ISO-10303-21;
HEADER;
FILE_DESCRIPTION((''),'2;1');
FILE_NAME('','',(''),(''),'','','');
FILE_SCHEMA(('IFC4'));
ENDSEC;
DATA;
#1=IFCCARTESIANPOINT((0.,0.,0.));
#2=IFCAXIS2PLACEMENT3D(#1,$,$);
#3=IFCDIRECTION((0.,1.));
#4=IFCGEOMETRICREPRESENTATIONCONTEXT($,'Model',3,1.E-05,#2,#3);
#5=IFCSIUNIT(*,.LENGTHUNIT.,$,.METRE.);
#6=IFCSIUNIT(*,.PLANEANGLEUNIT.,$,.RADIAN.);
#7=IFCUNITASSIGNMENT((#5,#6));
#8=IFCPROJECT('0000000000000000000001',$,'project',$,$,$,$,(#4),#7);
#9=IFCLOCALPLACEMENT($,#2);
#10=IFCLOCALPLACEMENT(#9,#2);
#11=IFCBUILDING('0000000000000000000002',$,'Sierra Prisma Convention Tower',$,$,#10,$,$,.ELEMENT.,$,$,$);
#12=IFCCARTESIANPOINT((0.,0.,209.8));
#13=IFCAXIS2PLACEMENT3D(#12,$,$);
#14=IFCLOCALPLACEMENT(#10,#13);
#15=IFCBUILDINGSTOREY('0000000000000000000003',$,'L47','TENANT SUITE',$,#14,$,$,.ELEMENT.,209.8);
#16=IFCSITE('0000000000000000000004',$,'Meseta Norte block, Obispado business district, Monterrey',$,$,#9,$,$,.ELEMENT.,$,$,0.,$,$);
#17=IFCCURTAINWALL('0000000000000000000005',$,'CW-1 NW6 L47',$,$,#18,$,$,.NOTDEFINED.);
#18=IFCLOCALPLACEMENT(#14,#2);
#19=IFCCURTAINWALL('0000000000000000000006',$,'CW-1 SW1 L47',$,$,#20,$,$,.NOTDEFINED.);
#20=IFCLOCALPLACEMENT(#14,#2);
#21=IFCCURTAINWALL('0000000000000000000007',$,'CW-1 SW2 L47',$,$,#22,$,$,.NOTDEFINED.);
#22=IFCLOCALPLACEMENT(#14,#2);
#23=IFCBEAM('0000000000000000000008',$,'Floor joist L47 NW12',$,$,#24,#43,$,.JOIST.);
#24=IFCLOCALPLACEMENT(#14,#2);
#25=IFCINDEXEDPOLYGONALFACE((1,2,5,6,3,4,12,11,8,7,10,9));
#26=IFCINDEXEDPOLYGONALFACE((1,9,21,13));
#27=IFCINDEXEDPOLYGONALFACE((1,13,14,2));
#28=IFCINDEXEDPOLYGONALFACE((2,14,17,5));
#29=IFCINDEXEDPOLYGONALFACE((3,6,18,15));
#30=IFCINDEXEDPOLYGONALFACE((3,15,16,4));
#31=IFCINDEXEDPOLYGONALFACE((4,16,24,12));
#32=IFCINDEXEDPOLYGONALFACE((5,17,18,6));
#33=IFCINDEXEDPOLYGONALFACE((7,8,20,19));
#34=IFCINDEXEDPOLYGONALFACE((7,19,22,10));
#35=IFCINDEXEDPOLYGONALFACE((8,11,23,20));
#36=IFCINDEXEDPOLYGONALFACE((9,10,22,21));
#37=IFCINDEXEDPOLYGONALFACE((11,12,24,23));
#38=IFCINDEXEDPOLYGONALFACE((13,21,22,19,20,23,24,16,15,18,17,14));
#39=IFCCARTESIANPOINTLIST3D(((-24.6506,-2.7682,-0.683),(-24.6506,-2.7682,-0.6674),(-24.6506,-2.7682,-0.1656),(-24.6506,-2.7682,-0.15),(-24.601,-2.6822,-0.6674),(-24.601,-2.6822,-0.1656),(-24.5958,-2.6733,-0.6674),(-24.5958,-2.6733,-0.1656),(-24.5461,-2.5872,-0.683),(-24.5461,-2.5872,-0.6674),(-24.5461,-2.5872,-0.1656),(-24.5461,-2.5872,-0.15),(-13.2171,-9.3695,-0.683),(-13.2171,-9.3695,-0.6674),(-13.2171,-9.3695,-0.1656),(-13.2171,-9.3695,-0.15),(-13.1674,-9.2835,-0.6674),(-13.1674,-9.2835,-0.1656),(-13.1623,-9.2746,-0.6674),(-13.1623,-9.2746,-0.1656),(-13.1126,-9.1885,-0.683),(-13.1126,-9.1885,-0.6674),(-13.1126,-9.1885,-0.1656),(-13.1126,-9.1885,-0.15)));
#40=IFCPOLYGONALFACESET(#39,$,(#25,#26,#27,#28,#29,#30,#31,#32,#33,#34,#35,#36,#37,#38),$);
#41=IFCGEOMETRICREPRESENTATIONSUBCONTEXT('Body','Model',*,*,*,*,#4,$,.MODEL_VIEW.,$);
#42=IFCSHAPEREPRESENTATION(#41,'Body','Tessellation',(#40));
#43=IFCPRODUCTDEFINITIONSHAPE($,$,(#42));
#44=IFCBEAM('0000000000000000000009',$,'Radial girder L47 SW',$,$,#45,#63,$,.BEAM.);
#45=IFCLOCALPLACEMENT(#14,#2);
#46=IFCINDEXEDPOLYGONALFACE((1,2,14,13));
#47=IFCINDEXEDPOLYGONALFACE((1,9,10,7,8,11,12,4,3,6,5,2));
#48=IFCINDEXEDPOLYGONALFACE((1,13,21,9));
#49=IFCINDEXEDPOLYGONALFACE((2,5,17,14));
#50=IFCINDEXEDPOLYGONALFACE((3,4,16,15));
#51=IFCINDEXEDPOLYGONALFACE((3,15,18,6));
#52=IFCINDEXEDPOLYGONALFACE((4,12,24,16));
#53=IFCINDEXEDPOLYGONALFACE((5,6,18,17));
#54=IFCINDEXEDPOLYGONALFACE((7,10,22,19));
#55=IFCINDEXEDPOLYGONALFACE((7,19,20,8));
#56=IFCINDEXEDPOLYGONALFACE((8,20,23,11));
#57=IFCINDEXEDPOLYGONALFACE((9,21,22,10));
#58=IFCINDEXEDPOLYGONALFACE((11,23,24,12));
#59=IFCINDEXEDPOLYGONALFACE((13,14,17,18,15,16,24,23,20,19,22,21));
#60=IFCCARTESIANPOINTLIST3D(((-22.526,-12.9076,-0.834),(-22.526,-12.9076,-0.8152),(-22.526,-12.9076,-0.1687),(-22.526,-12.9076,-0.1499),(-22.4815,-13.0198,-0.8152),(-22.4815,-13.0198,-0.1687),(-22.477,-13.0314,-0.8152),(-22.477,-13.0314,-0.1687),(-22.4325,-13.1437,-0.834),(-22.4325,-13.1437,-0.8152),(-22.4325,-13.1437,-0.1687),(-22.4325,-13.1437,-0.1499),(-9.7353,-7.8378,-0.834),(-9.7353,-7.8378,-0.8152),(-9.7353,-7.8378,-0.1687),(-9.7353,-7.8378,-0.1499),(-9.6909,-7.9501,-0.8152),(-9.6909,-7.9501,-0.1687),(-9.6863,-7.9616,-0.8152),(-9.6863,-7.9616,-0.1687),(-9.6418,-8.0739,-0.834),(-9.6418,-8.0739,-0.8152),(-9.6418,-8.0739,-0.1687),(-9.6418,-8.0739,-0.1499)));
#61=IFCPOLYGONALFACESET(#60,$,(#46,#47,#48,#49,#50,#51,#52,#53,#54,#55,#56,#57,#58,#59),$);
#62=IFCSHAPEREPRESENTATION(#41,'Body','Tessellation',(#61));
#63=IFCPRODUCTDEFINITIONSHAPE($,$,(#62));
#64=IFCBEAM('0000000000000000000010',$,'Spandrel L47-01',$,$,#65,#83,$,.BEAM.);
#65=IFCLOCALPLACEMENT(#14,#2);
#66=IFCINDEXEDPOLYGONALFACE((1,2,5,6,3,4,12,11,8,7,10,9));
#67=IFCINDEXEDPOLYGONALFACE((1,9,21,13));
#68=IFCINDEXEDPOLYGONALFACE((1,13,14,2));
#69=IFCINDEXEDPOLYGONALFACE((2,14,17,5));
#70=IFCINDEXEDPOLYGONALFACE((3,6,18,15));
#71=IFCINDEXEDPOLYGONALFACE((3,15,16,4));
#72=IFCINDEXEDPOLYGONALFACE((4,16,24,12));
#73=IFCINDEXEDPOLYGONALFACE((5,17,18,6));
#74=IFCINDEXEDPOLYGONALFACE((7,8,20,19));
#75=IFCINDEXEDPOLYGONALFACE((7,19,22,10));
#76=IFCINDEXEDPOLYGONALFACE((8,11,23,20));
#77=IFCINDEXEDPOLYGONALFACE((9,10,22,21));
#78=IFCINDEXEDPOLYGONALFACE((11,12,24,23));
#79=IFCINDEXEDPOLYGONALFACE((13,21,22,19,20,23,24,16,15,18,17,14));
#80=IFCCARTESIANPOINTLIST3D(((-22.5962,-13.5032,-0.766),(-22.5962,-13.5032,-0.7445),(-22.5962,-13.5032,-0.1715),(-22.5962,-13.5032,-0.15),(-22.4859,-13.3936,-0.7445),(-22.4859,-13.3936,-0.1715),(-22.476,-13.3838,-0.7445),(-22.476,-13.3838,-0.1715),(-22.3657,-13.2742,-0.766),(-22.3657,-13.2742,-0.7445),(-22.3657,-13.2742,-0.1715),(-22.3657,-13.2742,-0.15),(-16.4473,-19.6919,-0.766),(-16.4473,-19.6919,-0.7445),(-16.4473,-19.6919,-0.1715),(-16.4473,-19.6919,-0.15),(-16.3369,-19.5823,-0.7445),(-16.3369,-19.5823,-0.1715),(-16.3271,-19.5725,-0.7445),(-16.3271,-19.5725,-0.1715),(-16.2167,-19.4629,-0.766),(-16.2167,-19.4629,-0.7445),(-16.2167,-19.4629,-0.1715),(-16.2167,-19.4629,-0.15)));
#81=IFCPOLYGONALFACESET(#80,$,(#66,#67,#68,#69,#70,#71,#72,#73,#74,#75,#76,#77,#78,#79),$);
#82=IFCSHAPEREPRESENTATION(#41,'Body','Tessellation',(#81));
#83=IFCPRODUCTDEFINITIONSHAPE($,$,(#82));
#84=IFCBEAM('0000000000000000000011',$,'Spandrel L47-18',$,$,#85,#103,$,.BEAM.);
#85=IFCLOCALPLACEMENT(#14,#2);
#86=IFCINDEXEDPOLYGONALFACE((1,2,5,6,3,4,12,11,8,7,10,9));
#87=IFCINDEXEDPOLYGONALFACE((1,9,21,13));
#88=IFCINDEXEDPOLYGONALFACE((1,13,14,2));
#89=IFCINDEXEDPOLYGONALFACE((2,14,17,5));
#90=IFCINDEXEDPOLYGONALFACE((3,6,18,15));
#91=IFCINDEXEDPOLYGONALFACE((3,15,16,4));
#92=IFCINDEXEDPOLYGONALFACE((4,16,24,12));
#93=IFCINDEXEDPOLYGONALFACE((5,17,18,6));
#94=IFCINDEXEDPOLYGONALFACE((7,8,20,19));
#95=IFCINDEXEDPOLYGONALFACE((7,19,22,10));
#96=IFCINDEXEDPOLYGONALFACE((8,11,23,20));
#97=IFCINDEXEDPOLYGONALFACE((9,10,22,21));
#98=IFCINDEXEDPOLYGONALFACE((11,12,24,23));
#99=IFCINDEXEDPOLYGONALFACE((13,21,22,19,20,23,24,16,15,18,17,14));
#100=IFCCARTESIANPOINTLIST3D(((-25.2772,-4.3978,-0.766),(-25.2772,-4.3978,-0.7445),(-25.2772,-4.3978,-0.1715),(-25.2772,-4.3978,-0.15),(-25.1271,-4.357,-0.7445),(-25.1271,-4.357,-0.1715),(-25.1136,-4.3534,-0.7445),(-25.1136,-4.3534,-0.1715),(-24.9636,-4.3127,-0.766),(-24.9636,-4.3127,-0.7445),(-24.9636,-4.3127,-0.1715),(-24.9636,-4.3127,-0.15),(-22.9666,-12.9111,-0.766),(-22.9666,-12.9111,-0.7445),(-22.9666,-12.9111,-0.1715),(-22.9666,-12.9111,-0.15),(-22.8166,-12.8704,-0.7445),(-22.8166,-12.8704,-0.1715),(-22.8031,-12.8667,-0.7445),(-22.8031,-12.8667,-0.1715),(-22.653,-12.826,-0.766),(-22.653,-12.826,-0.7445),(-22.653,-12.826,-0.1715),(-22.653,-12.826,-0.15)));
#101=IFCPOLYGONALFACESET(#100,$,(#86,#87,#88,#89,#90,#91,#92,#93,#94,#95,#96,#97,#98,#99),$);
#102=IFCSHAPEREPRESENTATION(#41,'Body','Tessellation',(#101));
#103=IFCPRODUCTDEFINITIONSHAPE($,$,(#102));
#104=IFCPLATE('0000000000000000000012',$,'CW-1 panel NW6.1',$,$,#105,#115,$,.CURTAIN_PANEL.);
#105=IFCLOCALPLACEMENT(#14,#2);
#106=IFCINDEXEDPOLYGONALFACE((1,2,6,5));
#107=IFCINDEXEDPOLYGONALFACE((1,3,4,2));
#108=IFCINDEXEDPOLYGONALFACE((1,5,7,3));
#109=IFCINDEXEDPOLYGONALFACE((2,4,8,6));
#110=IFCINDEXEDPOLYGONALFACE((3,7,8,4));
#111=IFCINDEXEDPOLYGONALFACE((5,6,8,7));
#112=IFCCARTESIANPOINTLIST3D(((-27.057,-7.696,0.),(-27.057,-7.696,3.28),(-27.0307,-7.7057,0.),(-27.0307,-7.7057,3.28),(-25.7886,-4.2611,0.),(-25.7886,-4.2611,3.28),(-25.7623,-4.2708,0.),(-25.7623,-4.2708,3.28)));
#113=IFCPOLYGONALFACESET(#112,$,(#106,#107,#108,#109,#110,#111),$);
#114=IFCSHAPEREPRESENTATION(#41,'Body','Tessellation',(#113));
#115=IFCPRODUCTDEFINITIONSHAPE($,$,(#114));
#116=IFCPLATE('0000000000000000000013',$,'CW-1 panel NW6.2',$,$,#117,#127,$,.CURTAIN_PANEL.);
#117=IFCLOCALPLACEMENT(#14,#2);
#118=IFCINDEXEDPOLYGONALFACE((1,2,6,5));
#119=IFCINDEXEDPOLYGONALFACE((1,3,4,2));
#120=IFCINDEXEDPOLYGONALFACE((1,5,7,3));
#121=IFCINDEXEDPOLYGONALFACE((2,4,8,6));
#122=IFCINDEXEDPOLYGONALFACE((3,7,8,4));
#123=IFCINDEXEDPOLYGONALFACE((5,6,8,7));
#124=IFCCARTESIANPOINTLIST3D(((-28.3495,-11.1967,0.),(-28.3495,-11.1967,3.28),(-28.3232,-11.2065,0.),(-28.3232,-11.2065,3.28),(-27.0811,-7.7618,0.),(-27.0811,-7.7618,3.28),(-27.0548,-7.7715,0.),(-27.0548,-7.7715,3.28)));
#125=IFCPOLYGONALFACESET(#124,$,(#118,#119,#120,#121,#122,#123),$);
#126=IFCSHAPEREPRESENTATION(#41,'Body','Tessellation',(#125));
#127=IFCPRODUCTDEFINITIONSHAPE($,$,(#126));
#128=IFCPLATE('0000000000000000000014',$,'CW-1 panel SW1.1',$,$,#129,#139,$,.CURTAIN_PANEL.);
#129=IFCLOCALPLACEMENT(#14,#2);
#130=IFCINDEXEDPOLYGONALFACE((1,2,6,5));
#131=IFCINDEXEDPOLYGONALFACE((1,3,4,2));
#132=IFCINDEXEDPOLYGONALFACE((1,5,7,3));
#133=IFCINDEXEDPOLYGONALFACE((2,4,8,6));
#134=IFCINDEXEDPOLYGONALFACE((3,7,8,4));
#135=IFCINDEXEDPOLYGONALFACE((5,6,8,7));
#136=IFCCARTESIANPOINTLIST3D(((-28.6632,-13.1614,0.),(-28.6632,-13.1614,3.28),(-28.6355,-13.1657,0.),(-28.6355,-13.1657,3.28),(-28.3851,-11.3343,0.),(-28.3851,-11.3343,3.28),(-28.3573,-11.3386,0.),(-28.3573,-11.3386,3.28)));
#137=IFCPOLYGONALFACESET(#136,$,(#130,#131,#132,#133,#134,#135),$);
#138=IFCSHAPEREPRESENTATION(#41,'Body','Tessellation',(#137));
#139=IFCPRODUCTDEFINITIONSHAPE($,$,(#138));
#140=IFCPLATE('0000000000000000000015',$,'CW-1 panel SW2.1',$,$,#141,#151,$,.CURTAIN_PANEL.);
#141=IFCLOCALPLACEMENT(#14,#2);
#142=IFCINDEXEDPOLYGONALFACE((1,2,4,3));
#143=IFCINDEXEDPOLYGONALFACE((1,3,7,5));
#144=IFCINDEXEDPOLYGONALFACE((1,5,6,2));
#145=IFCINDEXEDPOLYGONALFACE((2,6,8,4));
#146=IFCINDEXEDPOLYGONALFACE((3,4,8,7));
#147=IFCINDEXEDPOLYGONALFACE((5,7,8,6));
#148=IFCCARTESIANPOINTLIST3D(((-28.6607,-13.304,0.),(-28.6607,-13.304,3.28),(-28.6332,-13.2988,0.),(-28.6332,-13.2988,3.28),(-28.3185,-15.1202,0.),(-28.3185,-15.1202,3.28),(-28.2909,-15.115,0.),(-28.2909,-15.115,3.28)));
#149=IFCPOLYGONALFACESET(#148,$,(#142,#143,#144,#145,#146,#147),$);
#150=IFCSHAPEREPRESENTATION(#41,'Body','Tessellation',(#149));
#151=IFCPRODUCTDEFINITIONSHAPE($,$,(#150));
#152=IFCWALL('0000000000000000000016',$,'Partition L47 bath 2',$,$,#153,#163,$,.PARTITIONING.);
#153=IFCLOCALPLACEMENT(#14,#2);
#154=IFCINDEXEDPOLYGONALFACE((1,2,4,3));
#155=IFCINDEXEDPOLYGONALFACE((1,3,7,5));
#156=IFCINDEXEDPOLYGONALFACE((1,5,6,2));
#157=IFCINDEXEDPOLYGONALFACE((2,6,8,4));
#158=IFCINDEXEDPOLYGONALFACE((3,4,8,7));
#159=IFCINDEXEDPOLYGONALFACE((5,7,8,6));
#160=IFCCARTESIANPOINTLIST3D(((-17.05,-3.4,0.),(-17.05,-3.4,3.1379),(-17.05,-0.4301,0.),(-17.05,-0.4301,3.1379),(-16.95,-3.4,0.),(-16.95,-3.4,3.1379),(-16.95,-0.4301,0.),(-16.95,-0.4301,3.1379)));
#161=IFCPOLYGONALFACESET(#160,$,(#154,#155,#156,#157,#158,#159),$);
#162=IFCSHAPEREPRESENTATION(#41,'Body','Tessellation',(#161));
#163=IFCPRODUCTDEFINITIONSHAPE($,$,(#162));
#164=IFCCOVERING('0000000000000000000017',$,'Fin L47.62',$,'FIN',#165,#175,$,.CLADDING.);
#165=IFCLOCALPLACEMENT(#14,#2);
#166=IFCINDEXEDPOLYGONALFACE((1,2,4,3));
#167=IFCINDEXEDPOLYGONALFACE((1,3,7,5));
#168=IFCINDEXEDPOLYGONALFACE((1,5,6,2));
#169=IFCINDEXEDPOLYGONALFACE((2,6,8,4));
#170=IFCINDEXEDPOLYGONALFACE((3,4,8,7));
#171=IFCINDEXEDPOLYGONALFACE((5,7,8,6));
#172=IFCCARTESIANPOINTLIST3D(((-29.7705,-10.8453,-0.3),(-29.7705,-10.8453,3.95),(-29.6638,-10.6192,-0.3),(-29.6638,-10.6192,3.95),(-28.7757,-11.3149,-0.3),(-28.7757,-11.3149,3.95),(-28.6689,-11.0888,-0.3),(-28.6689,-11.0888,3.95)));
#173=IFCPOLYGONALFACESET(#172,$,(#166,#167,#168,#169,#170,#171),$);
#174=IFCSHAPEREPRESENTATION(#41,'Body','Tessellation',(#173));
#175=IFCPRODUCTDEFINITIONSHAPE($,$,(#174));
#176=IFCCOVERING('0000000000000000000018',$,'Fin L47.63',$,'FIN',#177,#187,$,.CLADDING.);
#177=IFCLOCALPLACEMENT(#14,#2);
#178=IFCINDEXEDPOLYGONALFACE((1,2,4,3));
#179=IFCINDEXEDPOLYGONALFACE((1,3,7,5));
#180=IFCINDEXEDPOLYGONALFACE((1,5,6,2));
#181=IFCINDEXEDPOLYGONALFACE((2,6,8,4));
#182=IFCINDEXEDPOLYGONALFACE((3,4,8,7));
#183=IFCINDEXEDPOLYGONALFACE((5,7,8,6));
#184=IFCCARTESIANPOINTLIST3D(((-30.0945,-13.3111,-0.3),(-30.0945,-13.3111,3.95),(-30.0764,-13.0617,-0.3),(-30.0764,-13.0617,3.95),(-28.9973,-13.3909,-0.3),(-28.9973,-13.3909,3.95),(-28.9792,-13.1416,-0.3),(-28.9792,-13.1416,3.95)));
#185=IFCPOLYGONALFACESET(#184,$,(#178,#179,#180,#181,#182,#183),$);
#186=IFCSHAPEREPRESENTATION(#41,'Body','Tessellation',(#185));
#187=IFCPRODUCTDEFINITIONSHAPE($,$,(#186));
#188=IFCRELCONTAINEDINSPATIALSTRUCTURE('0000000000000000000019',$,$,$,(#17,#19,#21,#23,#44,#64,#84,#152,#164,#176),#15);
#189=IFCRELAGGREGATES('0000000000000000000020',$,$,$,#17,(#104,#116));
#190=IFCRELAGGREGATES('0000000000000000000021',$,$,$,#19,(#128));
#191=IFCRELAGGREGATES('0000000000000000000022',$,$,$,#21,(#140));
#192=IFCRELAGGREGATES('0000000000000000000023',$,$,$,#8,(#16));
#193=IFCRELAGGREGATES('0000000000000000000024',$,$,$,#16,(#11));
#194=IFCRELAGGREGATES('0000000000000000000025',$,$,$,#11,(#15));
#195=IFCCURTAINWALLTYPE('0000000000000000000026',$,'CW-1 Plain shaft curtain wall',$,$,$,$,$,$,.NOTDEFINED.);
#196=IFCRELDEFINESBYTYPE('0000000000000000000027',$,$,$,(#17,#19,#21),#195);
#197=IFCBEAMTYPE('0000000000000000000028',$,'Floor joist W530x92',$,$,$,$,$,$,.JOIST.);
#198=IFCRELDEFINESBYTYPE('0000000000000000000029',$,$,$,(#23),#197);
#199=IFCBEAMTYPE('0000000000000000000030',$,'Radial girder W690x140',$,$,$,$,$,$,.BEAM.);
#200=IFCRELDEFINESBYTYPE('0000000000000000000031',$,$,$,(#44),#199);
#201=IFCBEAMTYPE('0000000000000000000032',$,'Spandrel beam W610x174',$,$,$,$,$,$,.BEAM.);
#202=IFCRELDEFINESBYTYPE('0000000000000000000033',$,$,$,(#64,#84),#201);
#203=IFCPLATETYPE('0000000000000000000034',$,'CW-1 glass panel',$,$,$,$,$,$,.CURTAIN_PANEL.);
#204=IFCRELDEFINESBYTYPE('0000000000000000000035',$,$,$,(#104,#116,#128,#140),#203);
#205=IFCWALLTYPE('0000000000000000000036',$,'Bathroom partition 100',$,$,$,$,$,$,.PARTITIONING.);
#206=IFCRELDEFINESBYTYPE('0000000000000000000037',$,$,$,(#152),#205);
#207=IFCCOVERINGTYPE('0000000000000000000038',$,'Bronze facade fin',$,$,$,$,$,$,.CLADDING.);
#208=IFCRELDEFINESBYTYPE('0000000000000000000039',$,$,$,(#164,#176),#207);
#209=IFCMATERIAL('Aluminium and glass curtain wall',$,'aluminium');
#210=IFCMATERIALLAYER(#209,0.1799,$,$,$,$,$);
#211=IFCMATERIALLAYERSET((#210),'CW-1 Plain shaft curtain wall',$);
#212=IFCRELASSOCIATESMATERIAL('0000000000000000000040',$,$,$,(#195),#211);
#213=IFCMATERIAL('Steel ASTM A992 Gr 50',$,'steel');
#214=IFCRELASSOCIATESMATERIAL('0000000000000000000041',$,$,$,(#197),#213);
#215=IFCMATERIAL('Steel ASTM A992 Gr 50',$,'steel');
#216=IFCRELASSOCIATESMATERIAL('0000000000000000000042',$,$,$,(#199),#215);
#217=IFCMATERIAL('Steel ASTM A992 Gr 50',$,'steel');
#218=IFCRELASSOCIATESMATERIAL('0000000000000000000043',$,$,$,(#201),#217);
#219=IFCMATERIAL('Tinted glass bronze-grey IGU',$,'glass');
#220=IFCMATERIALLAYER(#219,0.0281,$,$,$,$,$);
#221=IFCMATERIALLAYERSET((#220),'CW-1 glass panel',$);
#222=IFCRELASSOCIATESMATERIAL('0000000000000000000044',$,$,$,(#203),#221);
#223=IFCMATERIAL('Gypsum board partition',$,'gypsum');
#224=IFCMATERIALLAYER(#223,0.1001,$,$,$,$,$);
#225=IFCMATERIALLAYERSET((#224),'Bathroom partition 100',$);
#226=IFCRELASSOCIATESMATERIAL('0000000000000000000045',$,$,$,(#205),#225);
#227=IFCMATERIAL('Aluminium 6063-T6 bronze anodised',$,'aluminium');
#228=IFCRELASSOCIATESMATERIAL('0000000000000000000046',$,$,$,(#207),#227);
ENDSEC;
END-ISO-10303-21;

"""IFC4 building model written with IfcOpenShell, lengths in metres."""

from ifc_helpers import new_model, si_unit, direction, frame, frame_2d, origin, origin_2d, place, context, subcontext, project, spatial, rectangle, i_section, extrude, material, layer, layer_set, material_profile, profile_set, type_object, element, aggregate, save


model = new_model("IFC4")

# Units and contexts
model_context = context("Model", 3, precision=1e-05, world=origin(), true_north=direction((0.0, 1.0)))
body_context = subcontext(model_context, "Body", "Model", "MODEL_VIEW")
ifc_project = project(units=[si_unit("LENGTHUNIT", "METRE"), si_unit("PLANEANGLEUNIT", "RADIAN")], contexts=[model_context])

# Site, building, storey
site_placement = place(None, origin())
site = spatial("IfcSite", under=ifc_project, at=site_placement, Name="Meseta Norte block, Obispado business district, Monterrey", CompositionType="ELEMENT", RefElevation=0.0)
building_placement = place(site_placement, origin())
building = spatial("IfcBuilding", under=site, at=building_placement, Name="Sierra Prisma Convention Tower", CompositionType="ELEMENT")
storey_placement = place(building_placement, frame((0.0, 0.0, 209.8)))
storey = spatial("IfcBuildingStorey", under=building, at=storey_placement, Name="L47", Description="TENANT SUITE", CompositionType="ELEMENT", Elevation=209.8)

# Curtain walls
ifc_material_1 = material(Name="Aluminium and glass curtain wall", Category="aluminium")
ifc_layer_1 = layer(ifc_material_1, 0.1799)
ifc_layer_set_1 = layer_set([ifc_layer_1], Name="CW-1 Plain shaft curtain wall")
curtain_wall_type = type_object("IfcCurtainWallType", Name="CW-1 Plain shaft curtain wall", PredefinedType="NOTDEFINED", material=ifc_layer_set_1)
curtain_wall_1_placement = place(storey_placement, origin())
curtain_wall_1 = element("IfcCurtainWall", 1, at=curtain_wall_1_placement, inside=storey, type_object=curtain_wall_type, Name="CW-1 NW6 L47", PredefinedType="NOTDEFINED")
curtain_wall_2_placement = place(storey_placement, origin())
curtain_wall_2 = element("IfcCurtainWall", 2, at=curtain_wall_2_placement, inside=storey, type_object=curtain_wall_type, Name="CW-1 SW1 L47", PredefinedType="NOTDEFINED")
curtain_wall_3_placement = place(storey_placement, origin())
curtain_wall_3 = element("IfcCurtainWall", 3, at=curtain_wall_3_placement, inside=storey, type_object=curtain_wall_type, Name="CW-1 SW2 L47", PredefinedType="NOTDEFINED")

# Beams
ifc_material_2 = material(Name="Steel ASTM A992 Gr 50", Category="steel")
ifc_material_profile_1 = material_profile(ifc_material_2, i_section(OverallWidth=0.209, OverallDepth=0.533, WebThickness=0.0103, FlangeThickness=0.0156, at=origin_2d()), Name="W530x92")
ifc_profile_set_1 = profile_set([ifc_material_profile_1], Name="Steel ASTM A992 Gr 50")
beam_type_1 = type_object("IfcBeamType", Name="Floor joist W530x92", PredefinedType="JOIST", material=ifc_profile_set_1)
beam_1_placement = place(storey_placement, frame((-24.5984, -2.6777, -0.4165), z_axis=(0.866021, -0.500007, 0.0), x_axis=(0.500007, 0.866021, 0.0)))
element("IfcBeam", 4, at=beam_1_placement, inside=storey, type_object=beam_type_1, Name="Floor joist L47 NW12", PredefinedType="JOIST", context=body_context, shape_type="SweptSolid", body=[
    extrude(i_section(OverallWidth=0.209, OverallDepth=0.533, WebThickness=0.0103, FlangeThickness=0.0156, at=origin_2d()), origin(), (0.0, 0.0, 1.0), 13.2024),
])
ifc_material_3 = material(Name="Steel ASTM A992 Gr 50", Category="steel")
ifc_material_profile_2 = material_profile(ifc_material_3, i_section(OverallWidth=0.2539, OverallDepth=0.6841, WebThickness=0.0125, FlangeThickness=0.0188, at=origin_2d()), Name="W690x140")
ifc_profile_set_2 = profile_set([ifc_material_profile_2], Name="Steel ASTM A992 Gr 50")
beam_type_2 = type_object("IfcBeamType", Name="Radial girder W690x140", PredefinedType="BEAM", material=ifc_profile_set_2)
beam_2_placement = place(storey_placement, frame((-22.4792, -13.0256, -0.4919), z_axis=(0.929637, 0.368476, 0.0), x_axis=(-0.368476, 0.929637, 0.0)))
element("IfcBeam", 5, at=beam_2_placement, inside=storey, type_object=beam_type_2, Name="Radial girder L47 SW", PredefinedType="BEAM", context=body_context, shape_type="SweptSolid", body=[
    extrude(i_section(OverallWidth=0.2539, OverallDepth=0.6841, WebThickness=0.0125, FlangeThickness=0.0188, at=origin_2d()), origin(), (0.0, 0.0, 1.0), 13.7588),
])
ifc_material_4 = material(Name="Steel ASTM A992 Gr 50", Category="steel")
ifc_material_profile_3 = material_profile(ifc_material_4, i_section(OverallWidth=0.325, OverallDepth=0.616, WebThickness=0.0139, FlangeThickness=0.0215, at=origin_2d()), Name="W610x174")
ifc_profile_set_3 = profile_set([ifc_material_profile_3], Name="Steel ASTM A992 Gr 50")
beam_type_3 = type_object("IfcBeamType", Name="Spandrel beam W610x174", PredefinedType="BEAM", material=ifc_profile_set_3)
beam_3_placement = place(storey_placement, frame((-22.481, -13.3887, -0.458), z_axis=(0.704822, -0.709384, 0.0), x_axis=(0.709384, 0.704822, 0.0)))
element("IfcBeam", 6, at=beam_3_placement, inside=storey, type_object=beam_type_3, Name="Spandrel L47-01", PredefinedType="BEAM", context=body_context, shape_type="SweptSolid", body=[
    extrude(i_section(OverallWidth=0.325, OverallDepth=0.616, WebThickness=0.0139, FlangeThickness=0.0215, at=origin_2d()), origin(), (0.0, 0.0, 1.0), 8.7241),
])
beam_4_placement = place(storey_placement, frame((-25.1204, -4.3552, -0.458), z_axis=(0.261925, -0.965088, 0.0), x_axis=(0.965088, 0.261925, 0.0)))
element("IfcBeam", 7, at=beam_4_placement, inside=storey, type_object=beam_type_3, Name="Spandrel L47-18", PredefinedType="BEAM", context=body_context, shape_type="SweptSolid", body=[
    extrude(i_section(OverallWidth=0.325, OverallDepth=0.616, WebThickness=0.0139, FlangeThickness=0.0215, at=origin_2d()), origin(), (0.0, 0.0, 1.0), 8.8213),
])

# Plates
ifc_material_5 = material(Name="Tinted glass bronze-grey IGU", Category="glass")
ifc_layer_2 = layer(ifc_material_5, 0.0281)
ifc_layer_set_2 = layer_set([ifc_layer_2], Name="CW-1 glass panel")
plate_type = type_object("IfcPlateType", Name="CW-1 glass panel", PredefinedType="CURTAIN_PANEL", material=ifc_layer_set_2)
plate_1_placement = place(storey_placement, frame((-26.4097, -5.9834, 0.0), z_axis=(0.0, 0.0, 1.0), x_axis=(-0.346397, -0.938088, 0.0)))
plate_1 = element("IfcPlate", 8, at=plate_1_placement, type_object=plate_type, Name="CW-1 panel NW6.1", PredefinedType="CURTAIN_PANEL", context=body_context, shape_type="SweptSolid", body=[
    extrude(rectangle(XDim=3.6616, YDim=0.0281, at=origin_2d()), origin(), (0.0, 0.0, 1.0), 3.28),
])
plate_2_placement = place(storey_placement, frame((-27.7021, -9.4841, 0.0), z_axis=(0.0, 0.0, 1.0), x_axis=(-0.346397, -0.938088, 0.0)))
plate_2 = element("IfcPlate", 9, at=plate_2_placement, type_object=plate_type, Name="CW-1 panel NW6.2", PredefinedType="CURTAIN_PANEL", context=body_context, shape_type="SweptSolid", body=[
    extrude(rectangle(XDim=3.6616, YDim=0.0281, at=origin_2d()), origin(), (0.0, 0.0, 1.0), 3.28),
])
aggregate(curtain_wall_1, [plate_1, plate_2])
plate_3_placement = place(storey_placement, frame((-28.5103, -12.25, 0.0), z_axis=(0.0, 0.0, 1.0), x_axis=(-0.150509, -0.988609, 0.0)))
plate_3 = element("IfcPlate", 10, at=plate_3_placement, type_object=plate_type, Name="CW-1 panel SW1.1", PredefinedType="CURTAIN_PANEL", context=body_context, shape_type="SweptSolid", body=[
    extrude(rectangle(XDim=1.8481, YDim=0.0281, at=origin_2d()), origin(), (0.0, 0.0, 1.0), 3.28),
])
aggregate(curtain_wall_2, [plate_3])
plate_4_placement = place(storey_placement, frame((-28.4758, -14.2095, 0.0), z_axis=(0.0, 0.0, 1.0), x_axis=(0.185183, -0.982704, 0.0)))
plate_4 = element("IfcPlate", 11, at=plate_4_placement, type_object=plate_type, Name="CW-1 panel SW2.1", PredefinedType="CURTAIN_PANEL", context=body_context, shape_type="SweptSolid", body=[
    extrude(rectangle(XDim=1.8481, YDim=0.0281, at=origin_2d()), origin(), (0.0, 0.0, 1.0), 3.28),
])
aggregate(curtain_wall_3, [plate_4])

# Wall
ifc_material_6 = material(Name="Gypsum board partition", Category="gypsum")
ifc_layer_3 = layer(ifc_material_6, 0.1001)
ifc_layer_set_3 = layer_set([ifc_layer_3], Name="Bathroom partition 100")
wall_type = type_object("IfcWallType", Name="Bathroom partition 100", PredefinedType="PARTITIONING", material=ifc_layer_set_3)
wall_placement = place(storey_placement, frame((-17.0, -3.3999, 0.0), z_axis=(0.0, 0.0, 1.0), x_axis=(0.0, 1.0, 0.0)))
element("IfcWall", 12, at=wall_placement, inside=storey, type_object=wall_type, Name="Partition L47 bath 2", PredefinedType="PARTITIONING", context=body_context, shape_type="SweptSolid", body=[
    extrude(rectangle(XDim=2.97, YDim=0.1001, at=frame_2d((1.4849, 0.0))), origin(), (0.0, 0.0, 1.0), 3.1379),
])

# Coverings
ifc_material_7 = material(Name="Aluminium 6063-T6 bronze anodised", Category="aluminium")
ifc_material_profile_4 = material_profile(ifc_material_7, rectangle(XDim=1.1001, YDim=0.25, at=origin_2d()), Name="ALU FIN 1100x250")
ifc_profile_set_4 = profile_set([ifc_material_profile_4], Name="Aluminium 6063-T6 bronze anodised")
covering_type = type_object("IfcCoveringType", Name="Bronze facade fin", PredefinedType="CLADDING", material=ifc_profile_set_4)
for number, where, z_axis, x_axis, name in (
    (13, (-29.2197, -10.967, -0.3), (0.0, 0.0, 1.0), (-0.904328, 0.426839, 0.0), "Fin L47.62"),
    (14, (-29.5369, -13.2263, -0.3), (0.0, 0.0, 1.0), (-0.997365, 0.072546, 0.0), "Fin L47.63"),
):
    element("IfcCovering", number, at=place(storey_placement, frame(where, z_axis=z_axis, x_axis=x_axis)), inside=storey, type_object=covering_type, Name=name, ObjectType="FIN", PredefinedType="CLADDING", context=body_context, shape_type="SweptSolid", body=[
        extrude(rectangle(XDim=1.1001, YDim=0.25, at=origin_2d()), origin(), (0.0, 0.0, 1.0), 4.25),
    ])

save(model, "model.ifc")
